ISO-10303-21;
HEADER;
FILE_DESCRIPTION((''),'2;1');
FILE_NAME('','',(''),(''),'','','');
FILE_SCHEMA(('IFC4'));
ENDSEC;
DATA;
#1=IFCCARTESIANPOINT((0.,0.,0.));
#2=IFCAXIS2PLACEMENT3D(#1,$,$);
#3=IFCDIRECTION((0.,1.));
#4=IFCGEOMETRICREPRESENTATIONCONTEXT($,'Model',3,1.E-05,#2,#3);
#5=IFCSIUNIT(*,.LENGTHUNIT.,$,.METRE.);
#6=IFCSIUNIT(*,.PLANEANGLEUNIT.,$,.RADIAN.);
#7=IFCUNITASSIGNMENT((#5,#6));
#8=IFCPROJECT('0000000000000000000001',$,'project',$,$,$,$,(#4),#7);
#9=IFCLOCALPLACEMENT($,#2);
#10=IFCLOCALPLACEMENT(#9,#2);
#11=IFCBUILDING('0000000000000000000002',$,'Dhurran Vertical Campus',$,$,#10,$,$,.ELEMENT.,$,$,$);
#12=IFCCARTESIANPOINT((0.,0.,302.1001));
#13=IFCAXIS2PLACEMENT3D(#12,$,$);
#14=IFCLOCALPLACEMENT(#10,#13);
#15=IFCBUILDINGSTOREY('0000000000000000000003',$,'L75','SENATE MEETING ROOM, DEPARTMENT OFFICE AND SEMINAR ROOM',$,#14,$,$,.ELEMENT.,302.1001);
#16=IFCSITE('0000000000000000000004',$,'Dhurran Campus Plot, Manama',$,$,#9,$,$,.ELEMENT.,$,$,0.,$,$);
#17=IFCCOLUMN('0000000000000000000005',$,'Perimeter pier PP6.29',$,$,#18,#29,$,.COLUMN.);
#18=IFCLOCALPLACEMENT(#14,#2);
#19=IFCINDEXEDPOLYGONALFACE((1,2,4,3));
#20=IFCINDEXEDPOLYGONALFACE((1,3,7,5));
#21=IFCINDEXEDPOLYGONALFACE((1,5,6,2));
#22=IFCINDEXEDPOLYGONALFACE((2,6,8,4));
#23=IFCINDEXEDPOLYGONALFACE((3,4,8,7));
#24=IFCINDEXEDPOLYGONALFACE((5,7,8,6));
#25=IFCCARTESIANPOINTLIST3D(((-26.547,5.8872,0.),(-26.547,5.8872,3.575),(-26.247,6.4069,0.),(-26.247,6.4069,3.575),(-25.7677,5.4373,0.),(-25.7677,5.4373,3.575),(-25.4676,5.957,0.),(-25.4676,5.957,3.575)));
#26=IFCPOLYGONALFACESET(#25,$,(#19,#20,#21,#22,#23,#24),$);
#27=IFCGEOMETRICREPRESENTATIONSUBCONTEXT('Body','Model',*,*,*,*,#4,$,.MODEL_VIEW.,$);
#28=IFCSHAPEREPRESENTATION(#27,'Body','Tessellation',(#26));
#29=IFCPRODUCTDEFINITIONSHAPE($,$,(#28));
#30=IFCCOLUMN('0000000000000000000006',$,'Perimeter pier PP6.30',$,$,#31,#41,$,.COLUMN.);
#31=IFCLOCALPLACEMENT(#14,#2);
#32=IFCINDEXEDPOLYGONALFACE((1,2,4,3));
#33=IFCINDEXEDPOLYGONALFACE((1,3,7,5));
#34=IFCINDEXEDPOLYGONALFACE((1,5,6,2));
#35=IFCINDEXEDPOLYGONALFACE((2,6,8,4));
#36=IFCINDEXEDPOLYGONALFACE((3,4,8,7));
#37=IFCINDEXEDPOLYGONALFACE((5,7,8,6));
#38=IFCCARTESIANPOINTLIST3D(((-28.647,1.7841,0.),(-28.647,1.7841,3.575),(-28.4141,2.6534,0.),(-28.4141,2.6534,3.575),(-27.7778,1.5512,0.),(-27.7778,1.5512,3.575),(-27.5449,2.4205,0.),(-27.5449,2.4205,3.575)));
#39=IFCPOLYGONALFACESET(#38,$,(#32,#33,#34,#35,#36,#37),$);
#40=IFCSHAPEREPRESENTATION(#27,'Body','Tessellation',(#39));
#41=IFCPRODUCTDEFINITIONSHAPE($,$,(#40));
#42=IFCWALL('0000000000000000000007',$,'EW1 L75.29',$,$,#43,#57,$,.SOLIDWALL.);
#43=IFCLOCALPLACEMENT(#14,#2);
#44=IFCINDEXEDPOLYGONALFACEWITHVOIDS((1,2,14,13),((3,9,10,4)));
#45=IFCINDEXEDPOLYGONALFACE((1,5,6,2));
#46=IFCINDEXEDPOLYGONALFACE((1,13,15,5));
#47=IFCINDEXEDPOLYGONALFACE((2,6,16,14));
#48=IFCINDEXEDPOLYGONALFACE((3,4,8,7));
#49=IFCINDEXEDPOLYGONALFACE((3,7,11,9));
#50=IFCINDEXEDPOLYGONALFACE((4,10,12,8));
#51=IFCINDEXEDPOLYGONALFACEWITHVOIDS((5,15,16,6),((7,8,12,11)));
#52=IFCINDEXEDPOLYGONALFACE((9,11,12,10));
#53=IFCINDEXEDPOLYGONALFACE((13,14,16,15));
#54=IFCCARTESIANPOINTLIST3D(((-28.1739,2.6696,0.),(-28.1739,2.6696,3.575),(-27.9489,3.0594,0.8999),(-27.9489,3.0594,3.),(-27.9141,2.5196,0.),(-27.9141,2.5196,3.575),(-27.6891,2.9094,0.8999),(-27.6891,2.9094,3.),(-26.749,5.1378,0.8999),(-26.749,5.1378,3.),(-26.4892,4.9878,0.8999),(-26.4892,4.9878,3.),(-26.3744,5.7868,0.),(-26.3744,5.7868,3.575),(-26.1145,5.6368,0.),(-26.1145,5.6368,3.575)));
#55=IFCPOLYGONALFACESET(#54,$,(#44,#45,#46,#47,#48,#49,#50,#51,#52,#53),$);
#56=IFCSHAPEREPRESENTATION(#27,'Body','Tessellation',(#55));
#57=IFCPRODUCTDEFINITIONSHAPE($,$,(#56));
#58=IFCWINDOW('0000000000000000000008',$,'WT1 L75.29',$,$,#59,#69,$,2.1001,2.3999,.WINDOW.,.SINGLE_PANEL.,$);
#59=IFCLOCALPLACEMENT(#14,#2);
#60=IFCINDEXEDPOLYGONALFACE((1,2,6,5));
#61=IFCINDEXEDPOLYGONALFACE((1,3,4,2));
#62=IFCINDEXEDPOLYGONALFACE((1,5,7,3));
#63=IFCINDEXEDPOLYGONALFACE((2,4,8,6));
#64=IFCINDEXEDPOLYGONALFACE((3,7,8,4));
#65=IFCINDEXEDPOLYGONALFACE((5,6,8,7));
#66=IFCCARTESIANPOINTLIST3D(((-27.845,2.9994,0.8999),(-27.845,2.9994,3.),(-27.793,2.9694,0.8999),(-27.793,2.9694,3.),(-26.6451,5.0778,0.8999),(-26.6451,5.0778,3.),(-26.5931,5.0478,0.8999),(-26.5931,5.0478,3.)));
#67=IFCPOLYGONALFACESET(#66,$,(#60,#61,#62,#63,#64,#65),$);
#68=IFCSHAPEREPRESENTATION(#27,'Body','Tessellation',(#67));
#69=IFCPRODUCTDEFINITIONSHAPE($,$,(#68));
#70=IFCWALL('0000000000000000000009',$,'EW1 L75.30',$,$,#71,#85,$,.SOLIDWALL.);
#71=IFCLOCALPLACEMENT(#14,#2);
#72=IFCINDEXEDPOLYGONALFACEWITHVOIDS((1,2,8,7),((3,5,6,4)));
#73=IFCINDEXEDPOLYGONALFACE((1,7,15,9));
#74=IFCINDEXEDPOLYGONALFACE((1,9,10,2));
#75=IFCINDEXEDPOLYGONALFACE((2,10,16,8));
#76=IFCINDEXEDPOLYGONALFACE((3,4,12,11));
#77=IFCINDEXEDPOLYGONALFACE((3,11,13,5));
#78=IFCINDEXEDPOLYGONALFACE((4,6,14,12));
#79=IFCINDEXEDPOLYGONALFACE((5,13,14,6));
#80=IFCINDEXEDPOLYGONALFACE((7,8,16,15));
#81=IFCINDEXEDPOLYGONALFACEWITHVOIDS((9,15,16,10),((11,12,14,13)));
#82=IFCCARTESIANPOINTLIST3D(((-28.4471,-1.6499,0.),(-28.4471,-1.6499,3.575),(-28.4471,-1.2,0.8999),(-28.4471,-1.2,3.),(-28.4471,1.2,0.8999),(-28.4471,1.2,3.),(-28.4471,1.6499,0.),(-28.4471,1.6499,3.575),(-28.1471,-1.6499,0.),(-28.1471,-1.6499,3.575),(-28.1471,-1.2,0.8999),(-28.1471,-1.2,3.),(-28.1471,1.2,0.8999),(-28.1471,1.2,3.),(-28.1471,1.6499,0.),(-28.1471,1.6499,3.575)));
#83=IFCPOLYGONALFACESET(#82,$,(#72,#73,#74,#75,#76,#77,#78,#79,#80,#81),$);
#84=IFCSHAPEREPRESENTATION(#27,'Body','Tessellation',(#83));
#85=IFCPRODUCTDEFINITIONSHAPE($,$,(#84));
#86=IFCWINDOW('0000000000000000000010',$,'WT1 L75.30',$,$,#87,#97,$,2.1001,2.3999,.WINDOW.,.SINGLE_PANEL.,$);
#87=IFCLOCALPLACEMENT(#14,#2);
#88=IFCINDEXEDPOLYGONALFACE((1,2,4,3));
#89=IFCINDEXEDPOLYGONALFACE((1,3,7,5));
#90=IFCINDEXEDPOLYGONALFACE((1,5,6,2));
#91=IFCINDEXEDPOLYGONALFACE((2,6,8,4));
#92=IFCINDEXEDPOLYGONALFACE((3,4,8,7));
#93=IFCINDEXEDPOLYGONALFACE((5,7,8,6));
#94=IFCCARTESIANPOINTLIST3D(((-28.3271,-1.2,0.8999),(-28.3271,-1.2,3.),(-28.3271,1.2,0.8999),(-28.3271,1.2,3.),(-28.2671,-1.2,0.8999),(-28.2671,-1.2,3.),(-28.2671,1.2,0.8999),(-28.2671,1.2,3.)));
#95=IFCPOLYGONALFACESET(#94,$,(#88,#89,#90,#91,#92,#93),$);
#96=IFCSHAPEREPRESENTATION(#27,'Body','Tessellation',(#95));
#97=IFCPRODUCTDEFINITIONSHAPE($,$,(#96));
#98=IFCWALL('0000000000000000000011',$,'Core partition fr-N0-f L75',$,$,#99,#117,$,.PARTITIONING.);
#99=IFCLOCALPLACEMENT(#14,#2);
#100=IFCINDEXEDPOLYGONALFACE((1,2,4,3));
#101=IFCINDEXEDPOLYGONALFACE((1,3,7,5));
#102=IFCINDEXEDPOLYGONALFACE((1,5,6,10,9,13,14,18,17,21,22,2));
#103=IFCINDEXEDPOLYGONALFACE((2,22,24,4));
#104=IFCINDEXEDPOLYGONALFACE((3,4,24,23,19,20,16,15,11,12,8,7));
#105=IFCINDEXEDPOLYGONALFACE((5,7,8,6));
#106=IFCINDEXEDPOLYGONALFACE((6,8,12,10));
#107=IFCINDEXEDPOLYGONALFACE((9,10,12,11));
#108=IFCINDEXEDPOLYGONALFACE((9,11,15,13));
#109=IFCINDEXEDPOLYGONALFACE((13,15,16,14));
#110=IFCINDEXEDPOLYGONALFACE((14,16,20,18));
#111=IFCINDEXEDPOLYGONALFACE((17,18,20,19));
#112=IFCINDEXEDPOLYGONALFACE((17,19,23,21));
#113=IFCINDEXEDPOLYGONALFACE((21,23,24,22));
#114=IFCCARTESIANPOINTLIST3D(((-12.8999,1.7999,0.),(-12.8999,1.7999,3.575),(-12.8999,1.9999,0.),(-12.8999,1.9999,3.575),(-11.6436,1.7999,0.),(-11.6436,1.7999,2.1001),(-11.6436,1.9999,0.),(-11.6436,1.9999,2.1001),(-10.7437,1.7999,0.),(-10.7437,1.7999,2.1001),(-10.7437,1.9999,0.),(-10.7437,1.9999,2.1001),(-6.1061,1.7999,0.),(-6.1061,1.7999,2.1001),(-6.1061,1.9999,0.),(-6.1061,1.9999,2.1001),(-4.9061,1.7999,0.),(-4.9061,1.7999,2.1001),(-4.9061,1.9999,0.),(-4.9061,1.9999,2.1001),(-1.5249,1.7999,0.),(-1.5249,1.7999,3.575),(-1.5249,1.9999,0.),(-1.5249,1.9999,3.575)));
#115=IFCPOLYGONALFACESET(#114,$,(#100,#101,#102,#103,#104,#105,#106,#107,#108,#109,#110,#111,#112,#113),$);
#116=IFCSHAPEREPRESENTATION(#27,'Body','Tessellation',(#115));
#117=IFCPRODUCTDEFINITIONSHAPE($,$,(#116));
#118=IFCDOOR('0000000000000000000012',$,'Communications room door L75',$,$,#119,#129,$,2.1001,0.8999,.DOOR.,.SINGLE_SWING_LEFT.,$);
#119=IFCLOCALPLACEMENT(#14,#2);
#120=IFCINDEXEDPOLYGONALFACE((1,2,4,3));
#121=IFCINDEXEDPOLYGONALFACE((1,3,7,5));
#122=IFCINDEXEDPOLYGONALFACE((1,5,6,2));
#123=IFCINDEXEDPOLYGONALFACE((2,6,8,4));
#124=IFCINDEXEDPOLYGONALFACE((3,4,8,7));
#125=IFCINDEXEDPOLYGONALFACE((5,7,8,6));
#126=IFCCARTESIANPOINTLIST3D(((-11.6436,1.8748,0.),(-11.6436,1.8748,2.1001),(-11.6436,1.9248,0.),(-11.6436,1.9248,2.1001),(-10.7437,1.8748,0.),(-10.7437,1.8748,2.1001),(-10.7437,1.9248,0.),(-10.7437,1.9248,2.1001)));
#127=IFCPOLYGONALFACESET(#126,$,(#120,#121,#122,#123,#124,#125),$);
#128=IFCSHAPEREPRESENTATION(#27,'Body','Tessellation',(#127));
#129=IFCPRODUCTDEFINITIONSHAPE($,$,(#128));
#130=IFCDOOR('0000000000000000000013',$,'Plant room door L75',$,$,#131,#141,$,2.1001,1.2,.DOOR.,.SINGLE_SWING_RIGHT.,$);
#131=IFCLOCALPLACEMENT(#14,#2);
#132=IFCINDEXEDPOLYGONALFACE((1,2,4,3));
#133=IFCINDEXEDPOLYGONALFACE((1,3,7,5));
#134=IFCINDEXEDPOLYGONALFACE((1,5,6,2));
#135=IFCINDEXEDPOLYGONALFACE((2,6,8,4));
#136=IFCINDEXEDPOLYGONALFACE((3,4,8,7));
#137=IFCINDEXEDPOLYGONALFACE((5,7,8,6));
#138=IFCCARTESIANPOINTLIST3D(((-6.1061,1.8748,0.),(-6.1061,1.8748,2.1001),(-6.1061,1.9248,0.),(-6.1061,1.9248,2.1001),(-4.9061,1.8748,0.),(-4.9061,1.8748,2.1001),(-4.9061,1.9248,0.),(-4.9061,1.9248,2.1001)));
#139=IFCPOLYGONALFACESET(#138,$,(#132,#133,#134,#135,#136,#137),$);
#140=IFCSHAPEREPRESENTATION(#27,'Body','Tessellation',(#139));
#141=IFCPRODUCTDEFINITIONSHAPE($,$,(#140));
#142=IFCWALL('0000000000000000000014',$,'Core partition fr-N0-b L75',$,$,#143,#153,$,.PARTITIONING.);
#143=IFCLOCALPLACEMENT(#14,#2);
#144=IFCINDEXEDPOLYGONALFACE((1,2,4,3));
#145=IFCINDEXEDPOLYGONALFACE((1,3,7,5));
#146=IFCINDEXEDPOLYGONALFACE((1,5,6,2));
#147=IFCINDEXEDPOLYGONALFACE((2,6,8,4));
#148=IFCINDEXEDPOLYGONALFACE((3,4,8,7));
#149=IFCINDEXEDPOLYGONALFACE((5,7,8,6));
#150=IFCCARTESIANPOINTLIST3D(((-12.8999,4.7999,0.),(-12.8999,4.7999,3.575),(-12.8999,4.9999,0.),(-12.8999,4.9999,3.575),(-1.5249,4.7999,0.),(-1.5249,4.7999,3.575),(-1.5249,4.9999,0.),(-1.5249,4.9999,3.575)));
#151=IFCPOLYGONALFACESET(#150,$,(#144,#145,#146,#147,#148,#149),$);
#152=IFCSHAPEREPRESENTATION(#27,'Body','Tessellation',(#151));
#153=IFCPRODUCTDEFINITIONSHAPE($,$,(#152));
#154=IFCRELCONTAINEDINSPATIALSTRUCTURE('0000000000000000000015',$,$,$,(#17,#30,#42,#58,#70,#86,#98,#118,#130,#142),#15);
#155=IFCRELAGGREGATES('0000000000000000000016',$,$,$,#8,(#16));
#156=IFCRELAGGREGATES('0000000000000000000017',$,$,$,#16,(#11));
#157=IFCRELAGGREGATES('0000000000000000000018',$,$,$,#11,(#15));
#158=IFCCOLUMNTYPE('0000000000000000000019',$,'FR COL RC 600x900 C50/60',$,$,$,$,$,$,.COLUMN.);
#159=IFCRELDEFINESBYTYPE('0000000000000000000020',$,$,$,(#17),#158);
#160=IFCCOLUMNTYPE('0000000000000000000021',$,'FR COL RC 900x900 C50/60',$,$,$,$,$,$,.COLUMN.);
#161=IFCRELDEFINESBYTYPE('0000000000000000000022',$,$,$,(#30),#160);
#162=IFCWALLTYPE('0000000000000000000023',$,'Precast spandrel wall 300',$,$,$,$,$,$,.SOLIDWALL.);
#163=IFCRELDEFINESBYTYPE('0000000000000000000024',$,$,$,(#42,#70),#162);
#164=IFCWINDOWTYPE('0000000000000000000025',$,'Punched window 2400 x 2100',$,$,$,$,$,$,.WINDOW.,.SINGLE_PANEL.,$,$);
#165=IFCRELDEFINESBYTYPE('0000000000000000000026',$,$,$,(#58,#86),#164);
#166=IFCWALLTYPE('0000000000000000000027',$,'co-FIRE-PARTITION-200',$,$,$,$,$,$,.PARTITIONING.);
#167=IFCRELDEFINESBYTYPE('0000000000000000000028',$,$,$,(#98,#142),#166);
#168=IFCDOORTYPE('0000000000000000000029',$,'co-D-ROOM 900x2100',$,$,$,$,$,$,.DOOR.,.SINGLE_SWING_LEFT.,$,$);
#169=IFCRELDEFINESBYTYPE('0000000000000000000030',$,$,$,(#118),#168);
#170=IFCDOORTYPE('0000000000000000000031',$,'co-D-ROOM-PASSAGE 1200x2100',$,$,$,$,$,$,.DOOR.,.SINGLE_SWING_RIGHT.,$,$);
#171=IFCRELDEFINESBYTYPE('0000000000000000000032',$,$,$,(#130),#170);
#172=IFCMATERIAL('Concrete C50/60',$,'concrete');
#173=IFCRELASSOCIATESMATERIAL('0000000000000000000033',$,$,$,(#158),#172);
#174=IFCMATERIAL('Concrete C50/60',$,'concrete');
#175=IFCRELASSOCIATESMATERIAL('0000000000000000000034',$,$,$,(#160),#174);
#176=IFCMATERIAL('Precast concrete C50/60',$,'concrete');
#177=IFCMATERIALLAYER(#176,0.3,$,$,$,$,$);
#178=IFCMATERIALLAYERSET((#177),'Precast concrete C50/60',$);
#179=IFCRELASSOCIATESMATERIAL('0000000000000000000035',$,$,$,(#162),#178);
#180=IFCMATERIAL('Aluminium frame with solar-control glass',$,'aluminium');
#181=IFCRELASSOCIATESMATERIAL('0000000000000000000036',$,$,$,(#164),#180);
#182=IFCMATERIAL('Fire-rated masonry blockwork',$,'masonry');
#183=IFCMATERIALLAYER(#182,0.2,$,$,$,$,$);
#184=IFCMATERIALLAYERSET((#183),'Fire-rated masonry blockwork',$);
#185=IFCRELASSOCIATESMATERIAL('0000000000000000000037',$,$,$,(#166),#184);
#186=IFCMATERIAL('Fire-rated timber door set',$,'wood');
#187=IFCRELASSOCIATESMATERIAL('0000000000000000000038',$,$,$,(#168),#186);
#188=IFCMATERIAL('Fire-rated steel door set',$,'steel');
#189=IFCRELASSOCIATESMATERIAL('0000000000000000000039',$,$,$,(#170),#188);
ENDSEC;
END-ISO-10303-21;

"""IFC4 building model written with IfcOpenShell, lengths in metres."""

from ifc_helpers import new_model, si_unit, direction, frame, frame_2d, origin, origin_2d, place, context, subcontext, project, spatial, rectangle, extrude, material, layer, layer_set, material_profile, profile_set, type_object, element, fill, save


model = new_model("IFC4")

# Units and contexts
model_context = context("Model", 3, precision=1e-05, world=origin(), true_north=direction((0.0, 1.0)))
body_context = subcontext(model_context, "Body", "Model", "MODEL_VIEW")
ifc_project = project(units=[si_unit("LENGTHUNIT", "METRE"), si_unit("PLANEANGLEUNIT", "RADIAN")], contexts=[model_context])

# Site, building, storey
site_placement = place(None, origin())
site = spatial("IfcSite", under=ifc_project, at=site_placement, Name="Dhurran Campus Plot, Manama", CompositionType="ELEMENT", RefElevation=0.0)
building_placement = place(site_placement, origin())
building = spatial("IfcBuilding", under=site, at=building_placement, Name="Dhurran Vertical Campus", CompositionType="ELEMENT")
storey_placement = place(building_placement, frame((0.0, 0.0, 302.1001)))
storey = spatial("IfcBuildingStorey", under=building, at=storey_placement, Name="L75", Description="SENATE MEETING ROOM, DEPARTMENT OFFICE AND SEMINAR ROOM", CompositionType="ELEMENT", Elevation=302.1001)

# Columns
ifc_material_1 = material(Name="Concrete C50/60", Category="concrete")
ifc_material_profile_1 = material_profile(ifc_material_1, rectangle(XDim=0.6001, YDim=0.8999, at=origin_2d()), Name="RC 600x900")
ifc_profile_set_1 = profile_set([ifc_material_profile_1], Name="Concrete C50/60")
column_type_1 = type_object("IfcColumnType", Name="FR COL RC 600x900 C50/60", PredefinedType="COLUMN", material=ifc_profile_set_1)
column_1_placement = place(storey_placement, frame((-26.0073, 5.9221, 0.0), z_axis=(0.0, 0.0, 1.0), x_axis=(-0.5, -0.866025, 0.0)))
element("IfcColumn", 1, at=column_1_placement, inside=storey, type_object=column_type_1, Name="Perimeter pier PP6.29", PredefinedType="COLUMN", context=body_context, shape_type="SweptSolid", body=[
    extrude(rectangle(XDim=0.6001, YDim=0.8999, at=origin_2d()), origin(), (0.0, 0.0, 1.0), 3.575),
])
ifc_material_2 = material(Name="Concrete C50/60", Category="concrete")
ifc_material_profile_2 = material_profile(ifc_material_2, rectangle(XDim=0.8999, YDim=0.8999, at=origin_2d()), Name="RC 900x900")
ifc_profile_set_2 = profile_set([ifc_material_profile_2], Name="Concrete C50/60")
column_type_2 = type_object("IfcColumnType", Name="FR COL RC 900x900 C50/60", PredefinedType="COLUMN", material=ifc_profile_set_2)
column_2_placement = place(storey_placement, frame((-28.0959, 2.1023, 0.0), z_axis=(0.0, 0.0, 1.0), x_axis=(-0.258819, -0.965926, 0.0)))
element("IfcColumn", 2, at=column_2_placement, inside=storey, type_object=column_type_2, Name="Perimeter pier PP6.30", PredefinedType="COLUMN", context=body_context, shape_type="SweptSolid", body=[
    extrude(rectangle(XDim=0.8999, YDim=0.8999, at=origin_2d()), origin(), (0.0, 0.0, 1.0), 3.575),
])

# Walls, openings, windows
ifc_material_3 = material(Name="Precast concrete C50/60", Category="concrete")
ifc_layer_1 = layer(ifc_material_3, 0.3)
ifc_layer_set_1 = layer_set([ifc_layer_1], Name="Precast concrete C50/60")
wall_type_1 = type_object("IfcWallType", Name="Precast spandrel wall 300", PredefinedType="SOLIDWALL", material=ifc_layer_set_1)
wall_1_placement = place(storey_placement, frame((-26.2444, 5.7119, 0.0), z_axis=(0.0, 0.0, 1.0), x_axis=(-0.499969, -0.866043, 0.0)))
wall_1 = element("IfcWall", 3, at=wall_1_placement, inside=storey, type_object=wall_type_1, Name="EW1 L75.29", PredefinedType="SOLIDWALL", context=body_context, shape_type="SweptSolid", body=[
    extrude(rectangle(XDim=3.5994, YDim=0.3, at=frame_2d((1.7998, 0.0))), origin(), (0.0, 0.0, 1.0), 3.575),
])
opening_1_placement = place(wall_1_placement, frame((0.7495, 0.0, 0.8999)))
opening_1 = element("IfcOpeningElement", 4, at=opening_1_placement, cuts=wall_1, PredefinedType="OPENING", context=body_context, shape_type="SweptSolid", body=[
    extrude(rectangle(XDim=2.3999, YDim=2.1001, at=frame_2d((1.2, 1.05))), frame((0.0, 0.1599, 0.0), z_axis=(0.0, -1.0, 0.0), x_axis=(1.0, 0.0, 0.0)), (0.0, 0.0, 1.0), 0.3201),
])
ifc_material_4 = material(Name="Aluminium frame with solar-control glass", Category="aluminium")
window_type = type_object("IfcWindowType", Name="Punched window 2400 x 2100", PartitioningType="SINGLE_PANEL", PredefinedType="WINDOW", material=ifc_material_4)
window_1_placement = place(opening_1_placement, origin())
window_1 = element("IfcWindow", 5, at=window_1_placement, inside=storey, type_object=window_type, Name="WT1 L75.29", OverallHeight=2.1001, OverallWidth=2.3999, PartitioningType="SINGLE_PANEL", PredefinedType="WINDOW", context=body_context, shape_type="SweptSolid", body=[
    extrude(rectangle(XDim=2.3999, YDim=2.1001, at=frame_2d((1.2, 1.05))), frame((0.0, 0.03, 0.0), z_axis=(0.0, -1.0, 0.0), x_axis=(1.0, 0.0, 0.0)), (0.0, 0.0, 1.0), 0.0601),
])
fill(opening_1, window_1)
wall_2_placement = place(storey_placement, frame((-28.2971, 1.6499, 0.0), z_axis=(0.0, 0.0, 1.0), x_axis=(0.0, -1.0, 0.0)))
wall_2 = element("IfcWall", 6, at=wall_2_placement, inside=storey, type_object=wall_type_1, Name="EW1 L75.30", PredefinedType="SOLIDWALL", context=body_context, shape_type="SweptSolid", body=[
    extrude(rectangle(XDim=3.2998, YDim=0.3, at=frame_2d((1.6499, 0.0))), origin(), (0.0, 0.0, 1.0), 3.575),
])
opening_2_placement = place(wall_2_placement, frame((0.45, 0.0, 0.8999)))
opening_2 = element("IfcOpeningElement", 7, at=opening_2_placement, cuts=wall_2, PredefinedType="OPENING", context=body_context, shape_type="SweptSolid", body=[
    extrude(rectangle(XDim=2.3999, YDim=2.1001, at=frame_2d((1.2, 1.05))), frame((0.0, 0.1599, 0.0), z_axis=(0.0, -1.0, 0.0), x_axis=(1.0, 0.0, 0.0)), (0.0, 0.0, 1.0), 0.3201),
])
window_2_placement = place(opening_2_placement, origin())
window_2 = element("IfcWindow", 8, at=window_2_placement, inside=storey, type_object=window_type, Name="WT1 L75.30", OverallHeight=2.1001, OverallWidth=2.3999, PartitioningType="SINGLE_PANEL", PredefinedType="WINDOW", context=body_context, shape_type="SweptSolid", body=[
    extrude(rectangle(XDim=2.3999, YDim=2.1001, at=frame_2d((1.2, 1.05))), frame((0.0, 0.03, 0.0), z_axis=(0.0, -1.0, 0.0), x_axis=(1.0, 0.0, 0.0)), (0.0, 0.0, 1.0), 0.0601),
])
fill(opening_2, window_2)

# Wall, openings, doors
ifc_material_5 = material(Name="Fire-rated masonry blockwork", Category="masonry")
ifc_layer_2 = layer(ifc_material_5, 0.2)
ifc_layer_set_2 = layer_set([ifc_layer_2], Name="Fire-rated masonry blockwork")
wall_type_2 = type_object("IfcWallType", Name="co-FIRE-PARTITION-200", PredefinedType="PARTITIONING", material=ifc_layer_set_2)
wall_3_placement = place(storey_placement, frame((-12.8999, 1.8999, 0.0), z_axis=(0.0, 0.0, 1.0), x_axis=(1.0, 0.0, 0.0)))
wall_3 = element("IfcWall", 9, at=wall_3_placement, inside=storey, type_object=wall_type_2, Name="Core partition fr-N0-f L75", PredefinedType="PARTITIONING", context=body_context, shape_type="SweptSolid", body=[
    extrude(rectangle(XDim=11.375, YDim=0.2, at=frame_2d((5.6875, 0.0))), origin(), (0.0, 0.0, 1.0), 3.575),
])
opening_3_placement = place(wall_3_placement, frame((1.2563, 0.0, 0.0)))
opening_3 = element("IfcOpeningElement", 10, at=opening_3_placement, cuts=wall_3, PredefinedType="OPENING", context=body_context, shape_type="SweptSolid", body=[
    extrude(rectangle(XDim=0.8999, YDim=2.1001, at=frame_2d((0.45, 1.05))), frame((0.0, 0.1099, 0.0), z_axis=(0.0, -1.0, 0.0), x_axis=(1.0, 0.0, 0.0)), (0.0, 0.0, 1.0), 0.22),
])
opening_4_placement = place(wall_3_placement, frame((6.7937, 0.0, 0.0)))
opening_4 = element("IfcOpeningElement", 11, at=opening_4_placement, cuts=wall_3, PredefinedType="OPENING", context=body_context, shape_type="SweptSolid", body=[
    extrude(rectangle(XDim=1.2, YDim=2.1001, at=frame_2d((0.6001, 1.05))), frame((0.0, 0.1099, 0.0), z_axis=(0.0, -1.0, 0.0), x_axis=(1.0, 0.0, 0.0)), (0.0, 0.0, 1.0), 0.22),
])
ifc_material_6 = material(Name="Fire-rated timber door set", Category="wood")
door_type_1 = type_object("IfcDoorType", Name="co-D-ROOM 900x2100", OperationType="SINGLE_SWING_LEFT", PredefinedType="DOOR", material=ifc_material_6)
door_1_placement = place(opening_3_placement, origin())
door_1 = element("IfcDoor", 12, at=door_1_placement, inside=storey, type_object=door_type_1, Name="Communications room door L75", OperationType="SINGLE_SWING_LEFT", OverallHeight=2.1001, OverallWidth=0.8999, PredefinedType="DOOR", context=body_context, shape_type="SweptSolid", body=[
    extrude(rectangle(XDim=0.8999, YDim=2.1001, at=frame_2d((0.45, 1.05))), frame((0.0, 0.0249, 0.0), z_axis=(0.0, -1.0, 0.0), x_axis=(1.0, 0.0, 0.0)), (0.0, 0.0, 1.0), 0.05),
])
fill(opening_3, door_1)
ifc_material_7 = material(Name="Fire-rated steel door set", Category="steel")
door_type_2 = type_object("IfcDoorType", Name="co-D-ROOM-PASSAGE 1200x2100", OperationType="SINGLE_SWING_RIGHT", PredefinedType="DOOR", material=ifc_material_7)
door_2_placement = place(opening_4_placement, origin())
door_2 = element("IfcDoor", 13, at=door_2_placement, inside=storey, type_object=door_type_2, Name="Plant room door L75", OperationType="SINGLE_SWING_RIGHT", OverallHeight=2.1001, OverallWidth=1.2, PredefinedType="DOOR", context=body_context, shape_type="SweptSolid", body=[
    extrude(rectangle(XDim=1.2, YDim=2.1001, at=frame_2d((0.6001, 1.05))), frame((0.0, 0.0249, 0.0), z_axis=(0.0, -1.0, 0.0), x_axis=(1.0, 0.0, 0.0)), (0.0, 0.0, 1.0), 0.05),
])
fill(opening_4, door_2)

# Wall
wall_4_placement = place(storey_placement, frame((-12.8999, 4.8999, 0.0), z_axis=(0.0, 0.0, 1.0), x_axis=(1.0, 0.0, 0.0)))
element("IfcWall", 14, at=wall_4_placement, inside=storey, type_object=wall_type_2, Name="Core partition fr-N0-b L75", PredefinedType="PARTITIONING", context=body_context, shape_type="SweptSolid", body=[
    extrude(rectangle(XDim=11.375, YDim=0.2, at=frame_2d((5.6875, 0.0))), origin(), (0.0, 0.0, 1.0), 3.575),
])

save(model, "model.ifc")
